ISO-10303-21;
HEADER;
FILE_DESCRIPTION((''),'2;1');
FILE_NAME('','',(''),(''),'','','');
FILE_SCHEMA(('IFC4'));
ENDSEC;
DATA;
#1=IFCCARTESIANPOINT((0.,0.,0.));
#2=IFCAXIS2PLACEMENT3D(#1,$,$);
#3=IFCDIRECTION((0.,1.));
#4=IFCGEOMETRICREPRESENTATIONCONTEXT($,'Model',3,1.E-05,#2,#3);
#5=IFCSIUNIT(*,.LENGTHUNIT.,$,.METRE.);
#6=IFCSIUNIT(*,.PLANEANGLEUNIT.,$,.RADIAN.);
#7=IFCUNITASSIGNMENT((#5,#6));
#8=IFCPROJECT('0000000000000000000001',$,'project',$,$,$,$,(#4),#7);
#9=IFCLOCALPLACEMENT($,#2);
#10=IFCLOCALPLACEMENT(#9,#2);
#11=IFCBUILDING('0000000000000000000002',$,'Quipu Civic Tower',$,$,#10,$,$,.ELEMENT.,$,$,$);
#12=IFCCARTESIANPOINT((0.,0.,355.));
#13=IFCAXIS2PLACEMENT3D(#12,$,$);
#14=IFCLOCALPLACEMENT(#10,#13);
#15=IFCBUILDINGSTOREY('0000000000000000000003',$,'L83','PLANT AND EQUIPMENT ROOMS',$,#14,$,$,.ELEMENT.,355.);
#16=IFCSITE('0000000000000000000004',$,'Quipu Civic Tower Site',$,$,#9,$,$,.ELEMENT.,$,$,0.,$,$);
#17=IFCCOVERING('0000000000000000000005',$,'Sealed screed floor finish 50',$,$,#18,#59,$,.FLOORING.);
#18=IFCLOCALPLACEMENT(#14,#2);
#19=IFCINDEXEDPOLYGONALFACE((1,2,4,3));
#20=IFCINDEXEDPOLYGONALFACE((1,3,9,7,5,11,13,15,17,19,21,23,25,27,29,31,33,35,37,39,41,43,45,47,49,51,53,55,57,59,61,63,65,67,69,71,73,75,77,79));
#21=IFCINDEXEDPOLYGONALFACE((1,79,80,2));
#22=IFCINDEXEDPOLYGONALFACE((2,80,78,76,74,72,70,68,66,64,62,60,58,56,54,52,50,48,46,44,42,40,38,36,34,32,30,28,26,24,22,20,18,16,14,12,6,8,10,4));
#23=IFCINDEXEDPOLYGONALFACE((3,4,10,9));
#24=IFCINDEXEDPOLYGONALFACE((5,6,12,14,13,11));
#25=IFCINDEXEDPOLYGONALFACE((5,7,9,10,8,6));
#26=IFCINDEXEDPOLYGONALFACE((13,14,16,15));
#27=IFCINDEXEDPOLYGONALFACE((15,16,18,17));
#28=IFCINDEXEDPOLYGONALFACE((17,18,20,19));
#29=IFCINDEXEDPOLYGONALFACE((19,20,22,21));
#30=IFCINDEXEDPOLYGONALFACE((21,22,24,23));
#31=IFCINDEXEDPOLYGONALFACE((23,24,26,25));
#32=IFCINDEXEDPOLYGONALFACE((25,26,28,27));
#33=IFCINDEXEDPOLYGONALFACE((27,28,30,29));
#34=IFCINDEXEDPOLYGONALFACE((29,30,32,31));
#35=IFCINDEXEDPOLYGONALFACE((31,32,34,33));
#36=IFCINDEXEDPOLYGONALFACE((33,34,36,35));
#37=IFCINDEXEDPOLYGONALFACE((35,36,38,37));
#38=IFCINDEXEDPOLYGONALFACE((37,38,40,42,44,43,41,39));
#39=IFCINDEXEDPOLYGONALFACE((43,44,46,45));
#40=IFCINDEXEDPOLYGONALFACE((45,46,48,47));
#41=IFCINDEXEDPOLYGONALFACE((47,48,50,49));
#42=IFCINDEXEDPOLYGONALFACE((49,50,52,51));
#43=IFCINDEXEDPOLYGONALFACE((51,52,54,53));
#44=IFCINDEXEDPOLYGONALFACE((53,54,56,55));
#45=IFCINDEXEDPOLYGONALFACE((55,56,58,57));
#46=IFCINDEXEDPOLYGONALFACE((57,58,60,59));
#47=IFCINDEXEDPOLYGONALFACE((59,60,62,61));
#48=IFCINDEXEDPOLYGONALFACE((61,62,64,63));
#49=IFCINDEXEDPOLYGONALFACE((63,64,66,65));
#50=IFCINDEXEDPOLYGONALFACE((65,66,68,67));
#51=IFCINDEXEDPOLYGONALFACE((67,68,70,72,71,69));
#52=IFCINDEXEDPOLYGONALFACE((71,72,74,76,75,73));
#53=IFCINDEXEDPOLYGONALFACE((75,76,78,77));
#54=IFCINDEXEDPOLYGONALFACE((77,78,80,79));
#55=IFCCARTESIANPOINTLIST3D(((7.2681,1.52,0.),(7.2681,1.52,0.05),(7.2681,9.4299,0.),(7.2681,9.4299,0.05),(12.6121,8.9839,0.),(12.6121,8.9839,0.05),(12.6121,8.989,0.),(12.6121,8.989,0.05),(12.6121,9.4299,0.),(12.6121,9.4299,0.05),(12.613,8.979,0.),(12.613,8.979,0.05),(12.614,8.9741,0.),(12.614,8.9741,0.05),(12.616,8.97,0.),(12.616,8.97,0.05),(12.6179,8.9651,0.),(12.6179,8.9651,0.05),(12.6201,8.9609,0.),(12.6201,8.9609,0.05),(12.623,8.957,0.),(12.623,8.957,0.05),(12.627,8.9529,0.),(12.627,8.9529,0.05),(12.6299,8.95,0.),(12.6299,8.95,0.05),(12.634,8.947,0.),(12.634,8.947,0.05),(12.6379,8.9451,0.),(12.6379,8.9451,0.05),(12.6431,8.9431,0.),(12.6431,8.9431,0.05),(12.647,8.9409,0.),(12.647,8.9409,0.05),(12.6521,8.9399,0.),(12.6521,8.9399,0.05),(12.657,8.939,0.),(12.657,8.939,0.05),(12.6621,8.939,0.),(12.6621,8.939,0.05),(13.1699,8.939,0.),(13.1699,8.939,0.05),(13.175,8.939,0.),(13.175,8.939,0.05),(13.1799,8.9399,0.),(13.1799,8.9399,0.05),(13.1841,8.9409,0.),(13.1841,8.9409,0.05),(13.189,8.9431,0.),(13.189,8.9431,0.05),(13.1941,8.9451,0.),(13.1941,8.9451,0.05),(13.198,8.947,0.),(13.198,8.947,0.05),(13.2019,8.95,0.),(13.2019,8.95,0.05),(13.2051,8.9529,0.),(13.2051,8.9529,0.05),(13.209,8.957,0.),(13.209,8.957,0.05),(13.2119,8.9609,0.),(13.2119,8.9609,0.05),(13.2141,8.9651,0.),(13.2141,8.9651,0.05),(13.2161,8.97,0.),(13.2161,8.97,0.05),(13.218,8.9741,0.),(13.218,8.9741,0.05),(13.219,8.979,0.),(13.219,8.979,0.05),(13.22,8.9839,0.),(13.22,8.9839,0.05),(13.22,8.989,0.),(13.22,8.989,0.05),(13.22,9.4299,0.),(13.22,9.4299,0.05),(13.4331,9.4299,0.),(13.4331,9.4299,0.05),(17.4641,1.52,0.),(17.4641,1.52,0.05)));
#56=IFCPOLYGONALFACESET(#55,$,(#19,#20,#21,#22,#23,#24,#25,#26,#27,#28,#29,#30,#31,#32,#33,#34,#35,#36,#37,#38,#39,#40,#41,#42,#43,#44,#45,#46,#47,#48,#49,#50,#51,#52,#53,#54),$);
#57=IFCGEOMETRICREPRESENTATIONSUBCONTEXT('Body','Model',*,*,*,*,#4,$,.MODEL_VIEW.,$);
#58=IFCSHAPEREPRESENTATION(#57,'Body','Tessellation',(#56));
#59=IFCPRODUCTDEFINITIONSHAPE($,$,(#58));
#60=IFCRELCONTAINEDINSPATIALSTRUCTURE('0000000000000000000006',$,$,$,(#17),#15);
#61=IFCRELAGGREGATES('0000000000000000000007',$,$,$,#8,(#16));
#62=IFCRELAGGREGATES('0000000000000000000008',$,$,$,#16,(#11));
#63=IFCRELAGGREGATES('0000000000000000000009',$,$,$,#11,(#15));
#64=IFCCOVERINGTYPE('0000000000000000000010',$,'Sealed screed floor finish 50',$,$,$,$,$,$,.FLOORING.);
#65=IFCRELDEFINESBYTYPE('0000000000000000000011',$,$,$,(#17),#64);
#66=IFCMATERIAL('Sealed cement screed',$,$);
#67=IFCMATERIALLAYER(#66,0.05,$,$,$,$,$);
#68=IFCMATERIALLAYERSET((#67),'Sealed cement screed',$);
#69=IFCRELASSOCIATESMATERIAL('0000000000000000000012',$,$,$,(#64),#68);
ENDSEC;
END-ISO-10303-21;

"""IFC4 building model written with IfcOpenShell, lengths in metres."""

from ifc_helpers import new_model, si_unit, direction, frame, origin, place, context, subcontext, project, spatial, polyline, outline, extrude, material, layer, layer_set, type_object, element, save


model = new_model("IFC4")

# Units and contexts
model_context = context("Model", 3, precision=1e-05, world=origin(), true_north=direction((0.0, 1.0)))
body_context = subcontext(model_context, "Body", "Model", "MODEL_VIEW")
ifc_project = project(units=[si_unit("LENGTHUNIT", "METRE"), si_unit("PLANEANGLEUNIT", "RADIAN")], contexts=[model_context])

# Site, building, storey
site_placement = place(None, origin())
site = spatial("IfcSite", under=ifc_project, at=site_placement, Name="Quipu Civic Tower Site", CompositionType="ELEMENT", RefElevation=0.0)
building_placement = place(site_placement, origin())
building = spatial("IfcBuilding", under=site, at=building_placement, Name="Quipu Civic Tower", CompositionType="ELEMENT")
storey_placement = place(building_placement, frame((0.0, 0.0, 355.0)))
storey = spatial("IfcBuildingStorey", under=building, at=storey_placement, Name="L83", Description="PLANT AND EQUIPMENT ROOMS", CompositionType="ELEMENT", Elevation=355.0)

# Covering
ifc_material_1 = material(Name="Sealed cement screed")
ifc_layer_1 = layer(ifc_material_1, 0.05)
ifc_layer_set_1 = layer_set([ifc_layer_1], Name="Sealed cement screed")
covering_type_1 = type_object("IfcCoveringType", Name="Sealed screed floor finish 50", PredefinedType="FLOORING", material=ifc_layer_set_1)
covering_1_placement = place(storey_placement, origin())
element("IfcCovering", 1, at=covering_1_placement, inside=storey, type_object=covering_type_1, Name="Sealed screed floor finish 50", PredefinedType="FLOORING", context=body_context, shape_type="SweptSolid", body=[
    extrude(outline(polyline([(7.2681, 1.52), (7.2681, 9.4299), (12.6121, 9.4299), (12.6121, 8.989), (12.6121, 8.9839), (12.613, 8.979), (12.614, 8.9741), (12.616, 8.97), (12.6179, 8.9651), (12.6201, 8.9609), (12.623, 8.957), (12.627, 8.9529), (12.6299, 8.95), (12.634, 8.947), (12.6379, 8.9451), (12.6431, 8.9431), (12.647, 8.9409), (12.6521, 8.9399), (12.657, 8.939), (12.6621, 8.939), (13.1699, 8.939), (13.175, 8.939), (13.1799, 8.9399), (13.1841, 8.9409), (13.189, 8.9431), (13.1941, 8.9451), (13.198, 8.947), (13.2019, 8.95), (13.2051, 8.9529), (13.209, 8.957), (13.2119, 8.9609), (13.2141, 8.9651), (13.2161, 8.97), (13.218, 8.9741), (13.219, 8.979), (13.22, 8.9839), (13.22, 8.989), (13.22, 9.4299), (13.4331, 9.4299), (17.4641, 1.52), (7.2681, 1.52)])), origin(), (0.0, 0.0, 1.0), 0.05),
])

save(model, "model.ifc")
